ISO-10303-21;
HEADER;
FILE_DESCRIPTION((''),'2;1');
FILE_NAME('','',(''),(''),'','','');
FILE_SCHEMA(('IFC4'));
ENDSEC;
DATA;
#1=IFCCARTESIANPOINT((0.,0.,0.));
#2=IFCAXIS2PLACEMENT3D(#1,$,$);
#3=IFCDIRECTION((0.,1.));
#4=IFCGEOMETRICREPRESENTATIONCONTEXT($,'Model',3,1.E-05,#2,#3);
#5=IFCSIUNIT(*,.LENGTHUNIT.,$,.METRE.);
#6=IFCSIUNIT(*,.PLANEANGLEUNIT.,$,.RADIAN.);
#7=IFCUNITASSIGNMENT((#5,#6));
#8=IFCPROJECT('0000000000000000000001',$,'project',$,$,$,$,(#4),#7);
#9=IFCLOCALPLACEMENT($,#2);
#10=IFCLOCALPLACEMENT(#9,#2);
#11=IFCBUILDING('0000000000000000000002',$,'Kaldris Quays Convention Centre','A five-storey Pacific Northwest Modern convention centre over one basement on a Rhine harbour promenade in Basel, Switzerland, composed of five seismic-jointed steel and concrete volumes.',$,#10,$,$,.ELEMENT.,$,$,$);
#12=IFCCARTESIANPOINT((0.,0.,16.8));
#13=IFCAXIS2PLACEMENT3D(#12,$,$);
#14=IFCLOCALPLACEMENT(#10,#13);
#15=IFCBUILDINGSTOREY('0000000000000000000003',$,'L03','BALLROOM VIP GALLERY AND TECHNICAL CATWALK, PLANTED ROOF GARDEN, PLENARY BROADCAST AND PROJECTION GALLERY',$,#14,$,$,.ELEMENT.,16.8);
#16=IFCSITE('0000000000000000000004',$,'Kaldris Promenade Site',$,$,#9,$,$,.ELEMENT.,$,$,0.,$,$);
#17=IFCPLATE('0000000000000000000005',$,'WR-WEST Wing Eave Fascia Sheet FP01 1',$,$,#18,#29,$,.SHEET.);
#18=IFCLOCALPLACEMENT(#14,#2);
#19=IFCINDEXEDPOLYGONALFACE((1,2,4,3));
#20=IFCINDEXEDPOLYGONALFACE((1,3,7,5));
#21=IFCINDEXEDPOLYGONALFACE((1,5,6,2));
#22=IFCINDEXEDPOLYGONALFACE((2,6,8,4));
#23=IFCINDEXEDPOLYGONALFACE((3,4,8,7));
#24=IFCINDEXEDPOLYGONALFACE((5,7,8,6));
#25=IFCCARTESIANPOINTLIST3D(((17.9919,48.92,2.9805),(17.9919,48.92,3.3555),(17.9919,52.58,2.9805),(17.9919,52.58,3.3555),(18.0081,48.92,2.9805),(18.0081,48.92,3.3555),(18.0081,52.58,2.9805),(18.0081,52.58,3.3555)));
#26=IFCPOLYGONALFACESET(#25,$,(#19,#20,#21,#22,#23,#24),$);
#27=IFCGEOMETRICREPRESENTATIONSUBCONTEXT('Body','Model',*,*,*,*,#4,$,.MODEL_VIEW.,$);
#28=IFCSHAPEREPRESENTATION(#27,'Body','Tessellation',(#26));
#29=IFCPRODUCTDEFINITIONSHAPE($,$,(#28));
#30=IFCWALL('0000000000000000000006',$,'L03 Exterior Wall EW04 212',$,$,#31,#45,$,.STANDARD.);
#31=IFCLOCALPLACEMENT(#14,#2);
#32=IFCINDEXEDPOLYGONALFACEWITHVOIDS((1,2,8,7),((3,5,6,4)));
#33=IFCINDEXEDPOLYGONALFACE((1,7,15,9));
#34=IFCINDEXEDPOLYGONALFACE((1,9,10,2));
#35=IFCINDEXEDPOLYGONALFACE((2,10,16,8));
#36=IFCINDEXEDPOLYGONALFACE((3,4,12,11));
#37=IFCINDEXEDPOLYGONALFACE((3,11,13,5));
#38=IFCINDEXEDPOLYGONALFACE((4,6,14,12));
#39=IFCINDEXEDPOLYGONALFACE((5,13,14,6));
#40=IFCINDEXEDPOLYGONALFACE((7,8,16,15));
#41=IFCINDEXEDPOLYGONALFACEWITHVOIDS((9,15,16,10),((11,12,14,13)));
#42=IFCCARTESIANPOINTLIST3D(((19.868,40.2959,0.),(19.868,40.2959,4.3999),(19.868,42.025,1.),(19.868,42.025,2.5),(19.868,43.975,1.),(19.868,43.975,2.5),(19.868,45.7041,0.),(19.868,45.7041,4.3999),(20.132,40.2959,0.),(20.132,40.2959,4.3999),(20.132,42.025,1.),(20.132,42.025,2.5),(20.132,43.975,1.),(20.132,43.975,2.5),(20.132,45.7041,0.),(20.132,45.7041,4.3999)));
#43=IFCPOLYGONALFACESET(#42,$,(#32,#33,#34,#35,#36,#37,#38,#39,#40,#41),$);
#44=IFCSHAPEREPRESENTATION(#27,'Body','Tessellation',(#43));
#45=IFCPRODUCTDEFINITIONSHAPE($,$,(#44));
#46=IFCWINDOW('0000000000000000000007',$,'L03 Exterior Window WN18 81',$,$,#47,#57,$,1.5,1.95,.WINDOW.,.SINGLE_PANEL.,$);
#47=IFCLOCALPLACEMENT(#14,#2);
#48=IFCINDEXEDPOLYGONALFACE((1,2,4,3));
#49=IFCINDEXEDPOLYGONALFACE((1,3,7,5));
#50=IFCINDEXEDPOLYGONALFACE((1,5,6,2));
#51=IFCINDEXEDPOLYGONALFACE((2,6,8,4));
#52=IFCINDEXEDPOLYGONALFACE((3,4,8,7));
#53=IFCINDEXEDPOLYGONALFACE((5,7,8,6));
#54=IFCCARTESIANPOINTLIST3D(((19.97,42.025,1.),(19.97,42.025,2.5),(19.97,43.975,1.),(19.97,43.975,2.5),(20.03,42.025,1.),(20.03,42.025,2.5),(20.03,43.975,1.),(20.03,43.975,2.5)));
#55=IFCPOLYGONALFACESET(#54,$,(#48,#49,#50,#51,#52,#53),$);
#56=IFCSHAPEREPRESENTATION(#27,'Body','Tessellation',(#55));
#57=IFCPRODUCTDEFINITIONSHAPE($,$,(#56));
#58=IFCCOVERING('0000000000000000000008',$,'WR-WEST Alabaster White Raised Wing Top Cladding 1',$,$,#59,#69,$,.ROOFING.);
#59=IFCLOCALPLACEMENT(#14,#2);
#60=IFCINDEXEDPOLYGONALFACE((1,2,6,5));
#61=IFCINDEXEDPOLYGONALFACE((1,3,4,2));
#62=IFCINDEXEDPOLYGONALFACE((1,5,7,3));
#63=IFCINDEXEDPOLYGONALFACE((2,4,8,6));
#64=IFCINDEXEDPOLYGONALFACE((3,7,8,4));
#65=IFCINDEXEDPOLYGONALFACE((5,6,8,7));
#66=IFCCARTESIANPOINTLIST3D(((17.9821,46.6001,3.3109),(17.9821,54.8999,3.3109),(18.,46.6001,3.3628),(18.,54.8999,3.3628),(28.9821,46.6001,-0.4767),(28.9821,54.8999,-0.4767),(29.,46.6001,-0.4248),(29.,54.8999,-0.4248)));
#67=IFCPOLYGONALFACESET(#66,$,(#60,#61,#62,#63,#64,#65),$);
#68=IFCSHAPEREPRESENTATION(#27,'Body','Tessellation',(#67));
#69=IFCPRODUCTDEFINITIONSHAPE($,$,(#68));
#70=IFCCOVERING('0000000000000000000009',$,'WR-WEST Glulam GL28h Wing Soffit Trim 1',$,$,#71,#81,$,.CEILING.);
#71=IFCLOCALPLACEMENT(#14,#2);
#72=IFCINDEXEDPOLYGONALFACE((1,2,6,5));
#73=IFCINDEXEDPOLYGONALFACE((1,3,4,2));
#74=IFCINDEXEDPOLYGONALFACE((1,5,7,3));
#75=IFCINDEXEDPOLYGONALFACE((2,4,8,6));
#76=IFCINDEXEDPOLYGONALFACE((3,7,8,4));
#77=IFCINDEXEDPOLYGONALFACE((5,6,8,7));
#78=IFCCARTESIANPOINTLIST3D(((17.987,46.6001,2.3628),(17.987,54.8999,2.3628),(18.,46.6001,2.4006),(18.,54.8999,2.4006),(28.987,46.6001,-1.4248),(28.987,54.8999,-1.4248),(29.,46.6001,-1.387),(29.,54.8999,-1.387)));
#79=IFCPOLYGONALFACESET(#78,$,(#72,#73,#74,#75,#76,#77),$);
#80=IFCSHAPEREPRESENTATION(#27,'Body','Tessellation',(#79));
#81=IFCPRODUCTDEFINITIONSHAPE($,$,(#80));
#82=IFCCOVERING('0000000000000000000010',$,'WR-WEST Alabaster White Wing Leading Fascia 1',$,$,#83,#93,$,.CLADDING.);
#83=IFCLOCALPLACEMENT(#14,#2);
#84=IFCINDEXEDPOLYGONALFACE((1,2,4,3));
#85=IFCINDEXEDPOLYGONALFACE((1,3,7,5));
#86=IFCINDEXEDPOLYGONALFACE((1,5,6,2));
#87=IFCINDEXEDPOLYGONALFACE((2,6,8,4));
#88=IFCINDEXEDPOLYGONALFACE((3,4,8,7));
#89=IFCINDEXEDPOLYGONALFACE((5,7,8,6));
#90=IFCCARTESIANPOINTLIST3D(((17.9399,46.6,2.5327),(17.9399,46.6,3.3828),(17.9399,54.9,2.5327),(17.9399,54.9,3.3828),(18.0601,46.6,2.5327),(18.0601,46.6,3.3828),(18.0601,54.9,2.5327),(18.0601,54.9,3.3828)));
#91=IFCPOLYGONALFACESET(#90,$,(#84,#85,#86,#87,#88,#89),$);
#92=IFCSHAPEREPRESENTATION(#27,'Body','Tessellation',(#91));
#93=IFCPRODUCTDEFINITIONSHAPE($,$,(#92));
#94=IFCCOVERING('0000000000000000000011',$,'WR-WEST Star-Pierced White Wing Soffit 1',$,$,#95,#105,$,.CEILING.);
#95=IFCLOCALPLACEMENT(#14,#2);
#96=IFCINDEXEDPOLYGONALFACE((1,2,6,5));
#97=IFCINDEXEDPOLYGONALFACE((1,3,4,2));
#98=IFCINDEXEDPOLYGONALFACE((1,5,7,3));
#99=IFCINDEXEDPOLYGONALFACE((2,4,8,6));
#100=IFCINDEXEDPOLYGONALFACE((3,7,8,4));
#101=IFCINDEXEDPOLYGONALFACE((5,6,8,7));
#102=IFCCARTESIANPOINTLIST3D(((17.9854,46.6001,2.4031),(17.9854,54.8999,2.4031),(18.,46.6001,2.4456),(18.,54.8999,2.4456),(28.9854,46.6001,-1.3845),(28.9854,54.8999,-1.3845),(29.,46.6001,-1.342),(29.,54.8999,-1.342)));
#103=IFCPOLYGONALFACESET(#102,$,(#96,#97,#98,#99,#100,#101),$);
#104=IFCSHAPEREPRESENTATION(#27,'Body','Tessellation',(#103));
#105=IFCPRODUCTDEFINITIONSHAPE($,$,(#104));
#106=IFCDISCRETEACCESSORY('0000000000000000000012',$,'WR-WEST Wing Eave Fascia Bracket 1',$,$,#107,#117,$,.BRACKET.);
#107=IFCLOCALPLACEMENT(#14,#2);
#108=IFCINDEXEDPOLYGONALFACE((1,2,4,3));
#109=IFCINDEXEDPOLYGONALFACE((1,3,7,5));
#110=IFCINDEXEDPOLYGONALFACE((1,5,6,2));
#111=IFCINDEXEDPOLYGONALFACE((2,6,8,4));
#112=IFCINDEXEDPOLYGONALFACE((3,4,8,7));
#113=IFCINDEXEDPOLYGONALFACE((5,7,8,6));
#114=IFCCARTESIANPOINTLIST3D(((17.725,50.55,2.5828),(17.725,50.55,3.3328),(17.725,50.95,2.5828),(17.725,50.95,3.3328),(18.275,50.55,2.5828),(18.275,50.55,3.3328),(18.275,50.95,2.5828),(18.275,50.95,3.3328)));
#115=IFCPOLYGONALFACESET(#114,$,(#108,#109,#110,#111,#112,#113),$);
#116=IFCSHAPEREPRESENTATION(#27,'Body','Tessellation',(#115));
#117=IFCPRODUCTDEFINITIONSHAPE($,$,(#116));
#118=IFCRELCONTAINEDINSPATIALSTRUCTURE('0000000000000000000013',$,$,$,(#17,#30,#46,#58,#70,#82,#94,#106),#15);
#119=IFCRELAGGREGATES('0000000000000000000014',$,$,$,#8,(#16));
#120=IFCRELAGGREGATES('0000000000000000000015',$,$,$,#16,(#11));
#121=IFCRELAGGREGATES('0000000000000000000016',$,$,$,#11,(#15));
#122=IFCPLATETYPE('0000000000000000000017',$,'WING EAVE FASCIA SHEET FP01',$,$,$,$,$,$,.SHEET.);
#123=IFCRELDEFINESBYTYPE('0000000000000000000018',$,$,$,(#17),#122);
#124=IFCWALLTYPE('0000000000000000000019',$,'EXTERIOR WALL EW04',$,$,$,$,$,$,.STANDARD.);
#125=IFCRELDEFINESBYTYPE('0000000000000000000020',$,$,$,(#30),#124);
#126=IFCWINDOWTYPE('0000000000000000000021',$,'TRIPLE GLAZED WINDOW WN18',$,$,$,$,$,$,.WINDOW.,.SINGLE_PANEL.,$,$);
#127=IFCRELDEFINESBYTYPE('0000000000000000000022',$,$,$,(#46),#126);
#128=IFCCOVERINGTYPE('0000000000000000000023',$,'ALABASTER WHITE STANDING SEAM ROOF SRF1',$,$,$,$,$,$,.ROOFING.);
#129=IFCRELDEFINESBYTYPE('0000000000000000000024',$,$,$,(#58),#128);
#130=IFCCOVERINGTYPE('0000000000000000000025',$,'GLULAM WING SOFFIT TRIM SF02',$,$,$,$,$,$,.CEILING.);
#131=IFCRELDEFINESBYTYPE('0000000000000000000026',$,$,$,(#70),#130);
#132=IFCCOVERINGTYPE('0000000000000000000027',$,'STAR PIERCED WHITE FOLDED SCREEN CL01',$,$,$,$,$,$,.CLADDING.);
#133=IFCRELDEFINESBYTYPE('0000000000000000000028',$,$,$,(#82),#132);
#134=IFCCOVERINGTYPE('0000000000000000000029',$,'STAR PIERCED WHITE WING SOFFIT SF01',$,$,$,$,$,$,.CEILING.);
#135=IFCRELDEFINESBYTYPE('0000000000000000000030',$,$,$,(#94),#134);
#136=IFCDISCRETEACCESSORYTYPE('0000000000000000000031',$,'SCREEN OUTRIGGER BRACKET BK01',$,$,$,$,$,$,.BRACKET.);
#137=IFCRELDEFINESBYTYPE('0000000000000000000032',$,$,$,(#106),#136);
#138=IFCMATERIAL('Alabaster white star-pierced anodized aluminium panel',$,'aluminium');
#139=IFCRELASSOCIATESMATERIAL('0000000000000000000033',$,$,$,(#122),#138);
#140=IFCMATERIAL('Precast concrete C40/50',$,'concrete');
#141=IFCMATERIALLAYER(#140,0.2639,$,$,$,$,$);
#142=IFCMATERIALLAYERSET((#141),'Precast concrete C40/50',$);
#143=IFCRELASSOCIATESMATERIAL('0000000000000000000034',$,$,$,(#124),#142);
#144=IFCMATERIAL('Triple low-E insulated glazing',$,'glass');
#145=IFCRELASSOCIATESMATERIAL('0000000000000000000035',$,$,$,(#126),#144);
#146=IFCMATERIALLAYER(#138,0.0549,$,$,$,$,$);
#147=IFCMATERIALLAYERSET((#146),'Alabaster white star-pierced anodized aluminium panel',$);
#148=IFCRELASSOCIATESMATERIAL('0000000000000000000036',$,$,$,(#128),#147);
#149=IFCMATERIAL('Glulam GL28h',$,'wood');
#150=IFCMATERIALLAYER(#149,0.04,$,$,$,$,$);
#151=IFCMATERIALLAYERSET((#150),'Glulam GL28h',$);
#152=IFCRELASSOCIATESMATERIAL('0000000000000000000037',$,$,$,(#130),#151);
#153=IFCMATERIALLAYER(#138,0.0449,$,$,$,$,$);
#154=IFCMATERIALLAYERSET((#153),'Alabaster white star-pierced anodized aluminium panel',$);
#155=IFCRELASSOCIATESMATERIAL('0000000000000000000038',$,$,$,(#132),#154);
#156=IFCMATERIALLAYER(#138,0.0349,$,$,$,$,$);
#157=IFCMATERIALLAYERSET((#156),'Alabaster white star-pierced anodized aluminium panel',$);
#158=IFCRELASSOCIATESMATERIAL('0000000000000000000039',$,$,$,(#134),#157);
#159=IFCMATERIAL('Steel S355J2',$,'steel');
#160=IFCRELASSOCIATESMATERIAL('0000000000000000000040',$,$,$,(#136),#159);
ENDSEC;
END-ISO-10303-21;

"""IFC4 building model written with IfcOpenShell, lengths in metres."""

from ifc_helpers import new_model, si_unit, direction, frame, frame_2d, origin, origin_2d, place, context, subcontext, project, spatial, polyline, rectangle, outline, extrude, material, layer, layer_set, type_object, element, fill, save


model = new_model("IFC4")

# Units and contexts
model_context = context("Model", 3, precision=1e-05, world=origin(), true_north=direction((0.0, 1.0)))
body_context = subcontext(model_context, "Body", "Model", "MODEL_VIEW")
ifc_project = project(units=[si_unit("LENGTHUNIT", "METRE"), si_unit("PLANEANGLEUNIT", "RADIAN")], contexts=[model_context])

# Site, building, storey
site_placement = place(None, origin())
site = spatial("IfcSite", under=ifc_project, at=site_placement, Name="Kaldris Promenade Site", CompositionType="ELEMENT", RefElevation=0.0)
building_placement = place(site_placement, origin())
building = spatial("IfcBuilding", under=site, at=building_placement, Name="Kaldris Quays Convention Centre", Description="A five-storey Pacific Northwest Modern convention centre over one basement on a Rhine harbour promenade in Basel, Switzerland, composed of five seismic-jointed steel and concrete volumes.", CompositionType="ELEMENT")
storey_placement = place(building_placement, frame((0.0, 0.0, 16.8)))
storey = spatial("IfcBuildingStorey", under=building, at=storey_placement, Name="L03", Description="BALLROOM VIP GALLERY AND TECHNICAL CATWALK, PLANTED ROOF GARDEN, PLENARY BROADCAST AND PROJECTION GALLERY", CompositionType="ELEMENT", Elevation=16.8)

# Shared definitions
ifc_material_1 = material(Name="Triple low-E insulated glazing", Category="glass")

# Shared definitions
ifc_material_2 = material(Name="Steel S355J2", Category="steel")

# Plate
ifc_material_3 = material(Name="Alabaster white star-pierced anodized aluminium panel", Category="aluminium")
plate_type_1 = type_object("IfcPlateType", Name="WING EAVE FASCIA SHEET FP01", PredefinedType="SHEET", material=ifc_material_3)
plate_1_placement = place(storey_placement, frame((18.0, 50.75, 2.9805), z_axis=(0.0, 0.0, 1.0), x_axis=(0.0, 1.0, 0.0)))
element("IfcPlate", 1, at=plate_1_placement, inside=storey, type_object=plate_type_1, Name="WR-WEST Wing Eave Fascia Sheet FP01 1", PredefinedType="SHEET", context=body_context, shape_type="SweptSolid", body=[
    extrude(rectangle(XDim=3.6599, YDim=0.0161, at=origin_2d()), origin(), (0.0, 0.0, 1.0), 0.375),
])

# Wall, opening, window
ifc_material_4 = material(Name="Precast concrete C40/50", Category="concrete")
ifc_layer_1 = layer(ifc_material_4, 0.2639)
ifc_layer_set_1 = layer_set([ifc_layer_1], Name="Precast concrete C40/50")
wall_type = type_object("IfcWallType", Name="EXTERIOR WALL EW04", PredefinedType="STANDARD", material=ifc_layer_set_1)
wall_placement = place(storey_placement, frame((20.0, 40.2959, 0.0), z_axis=(0.0, 0.0, 1.0), x_axis=(0.0, 1.0, 0.0)))
wall = element("IfcWall", 2, at=wall_placement, inside=storey, type_object=wall_type, Name="L03 Exterior Wall EW04 212", PredefinedType="STANDARD", context=body_context, shape_type="SweptSolid", body=[
    extrude(rectangle(XDim=5.4082, YDim=0.2639, at=frame_2d((2.7041, 0.0))), origin(), (0.0, 0.0, 1.0), 4.3999),
])
opening_placement = place(wall_placement, frame((1.729, 0.0, 1.0)))
opening = element("IfcOpeningElement", 3, at=opening_placement, cuts=wall, PredefinedType="OPENING", context=body_context, shape_type="SweptSolid", body=[
    extrude(rectangle(XDim=1.95, YDim=1.5, at=frame_2d((0.9751, 0.75))), frame((0.0, 0.1421, 0.0), z_axis=(0.0, -1.0, 0.0), x_axis=(1.0, 0.0, 0.0)), (0.0, 0.0, 1.0), 0.2839),
])
window_type = type_object("IfcWindowType", Name="TRIPLE GLAZED WINDOW WN18", PartitioningType="SINGLE_PANEL", PredefinedType="WINDOW", material=ifc_material_1)
window_placement = place(opening_placement, origin())
window = element("IfcWindow", 4, at=window_placement, inside=storey, type_object=window_type, Name="L03 Exterior Window WN18 81", OverallHeight=1.5, OverallWidth=1.95, PartitioningType="SINGLE_PANEL", PredefinedType="WINDOW", context=body_context, shape_type="SweptSolid", body=[
    extrude(rectangle(XDim=1.95, YDim=1.5, at=frame_2d((0.9751, 0.75))), frame((0.0, 0.03, 0.0), z_axis=(0.0, -1.0, 0.0), x_axis=(1.0, 0.0, 0.0)), (0.0, 0.0, 1.0), 0.0601),
])
fill(opening, window)

# Coverings
ifc_layer_2 = layer(ifc_material_3, 0.0549)
ifc_layer_set_2 = layer_set([ifc_layer_2], Name="Alabaster white star-pierced anodized aluminium panel")
covering_type_1 = type_object("IfcCoveringType", Name="ALABASTER WHITE STANDING SEAM ROOF SRF1", PredefinedType="ROOFING", material=ifc_layer_set_2)
covering_1_placement = place(storey_placement, frame((18.0, 46.6001, 3.3628), z_axis=(0.325568, 0.0, 0.945519), x_axis=(0.945519, 0.0, -0.325568)))
element("IfcCovering", 5, at=covering_1_placement, inside=storey, type_object=covering_type_1, Name="WR-WEST Alabaster White Raised Wing Top Cladding 1", PredefinedType="ROOFING", context=body_context, shape_type="SweptSolid", body=[
    extrude(outline(polyline([(0.0, 0.0), (11.6338, 0.0), (11.6338, 8.2998), (0.0, 8.2998), (0.0, 0.0)])), origin(), (0.0, 0.0, -1.0), 0.0549),
])
ifc_material_5 = material(Name="Glulam GL28h", Category="wood")
ifc_layer_3 = layer(ifc_material_5, 0.04)
ifc_layer_set_3 = layer_set([ifc_layer_3], Name="Glulam GL28h")
covering_type_2 = type_object("IfcCoveringType", Name="GLULAM WING SOFFIT TRIM SF02", PredefinedType="CEILING", material=ifc_layer_set_3)
covering_2_placement = place(storey_placement, frame((18.0, 46.6001, 2.4006), z_axis=(0.325568, 0.0, 0.945519), x_axis=(0.945519, 0.0, -0.325568)))
element("IfcCovering", 6, at=covering_2_placement, inside=storey, type_object=covering_type_2, Name="WR-WEST Glulam GL28h Wing Soffit Trim 1", PredefinedType="CEILING", context=body_context, shape_type="SweptSolid", body=[
    extrude(outline(polyline([(0.0, 0.0), (11.6338, 0.0), (11.6338, 8.2998), (0.0, 8.2998), (0.0, 0.0)])), origin(), (0.0, 0.0, -1.0), 0.04),
])
ifc_layer_4 = layer(ifc_material_3, 0.0449)
ifc_layer_set_4 = layer_set([ifc_layer_4], Name="Alabaster white star-pierced anodized aluminium panel")
covering_type_3 = type_object("IfcCoveringType", Name="STAR PIERCED WHITE FOLDED SCREEN CL01", PredefinedType="CLADDING", material=ifc_layer_set_4)
covering_3_placement = place(storey_placement, frame((18.0, 50.75, 2.5327), z_axis=(0.0, 0.0, 1.0), x_axis=(0.0, 1.0, 0.0)))
element("IfcCovering", 7, at=covering_3_placement, inside=storey, type_object=covering_type_3, Name="WR-WEST Alabaster White Wing Leading Fascia 1", PredefinedType="CLADDING", context=body_context, shape_type="SweptSolid", body=[
    extrude(rectangle(XDim=8.3, YDim=0.1201, at=origin_2d()), origin(), (0.0, 0.0, 1.0), 0.8501),
])
ifc_layer_5 = layer(ifc_material_3, 0.0349)
ifc_layer_set_5 = layer_set([ifc_layer_5], Name="Alabaster white star-pierced anodized aluminium panel")
covering_type_4 = type_object("IfcCoveringType", Name="STAR PIERCED WHITE WING SOFFIT SF01", PredefinedType="CEILING", material=ifc_layer_set_5)
covering_4_placement = place(storey_placement, frame((18.0, 46.6001, 2.4456), z_axis=(0.325568, 0.0, 0.945519), x_axis=(0.945519, 0.0, -0.325568)))
element("IfcCovering", 8, at=covering_4_placement, inside=storey, type_object=covering_type_4, Name="WR-WEST Star-Pierced White Wing Soffit 1", PredefinedType="CEILING", context=body_context, shape_type="SweptSolid", body=[
    extrude(outline(polyline([(0.0, 0.0), (11.6338, 0.0), (11.6338, 8.2998), (0.0, 8.2998), (0.0, 0.0)])), origin(), (0.0, 0.0, -1.0), 0.0449),
])

# Discrete accessory
discrete_accessory_type = type_object("IfcDiscreteAccessoryType", Name="SCREEN OUTRIGGER BRACKET BK01", PredefinedType="BRACKET", material=ifc_material_2)
discrete_accessory_placement = place(storey_placement, frame((18.0, 50.75, 2.5828), z_axis=(0.0, 0.0, 1.0), x_axis=(0.0, 1.0, 0.0)))
element("IfcDiscreteAccessory", 9, at=discrete_accessory_placement, inside=storey, type_object=discrete_accessory_type, Name="WR-WEST Wing Eave Fascia Bracket 1", PredefinedType="BRACKET", context=body_context, shape_type="SweptSolid", body=[
    extrude(rectangle(XDim=0.3999, YDim=0.55, at=origin_2d()), origin(), (0.0, 0.0, 1.0), 0.75),
])

save(model, "model.ifc")
